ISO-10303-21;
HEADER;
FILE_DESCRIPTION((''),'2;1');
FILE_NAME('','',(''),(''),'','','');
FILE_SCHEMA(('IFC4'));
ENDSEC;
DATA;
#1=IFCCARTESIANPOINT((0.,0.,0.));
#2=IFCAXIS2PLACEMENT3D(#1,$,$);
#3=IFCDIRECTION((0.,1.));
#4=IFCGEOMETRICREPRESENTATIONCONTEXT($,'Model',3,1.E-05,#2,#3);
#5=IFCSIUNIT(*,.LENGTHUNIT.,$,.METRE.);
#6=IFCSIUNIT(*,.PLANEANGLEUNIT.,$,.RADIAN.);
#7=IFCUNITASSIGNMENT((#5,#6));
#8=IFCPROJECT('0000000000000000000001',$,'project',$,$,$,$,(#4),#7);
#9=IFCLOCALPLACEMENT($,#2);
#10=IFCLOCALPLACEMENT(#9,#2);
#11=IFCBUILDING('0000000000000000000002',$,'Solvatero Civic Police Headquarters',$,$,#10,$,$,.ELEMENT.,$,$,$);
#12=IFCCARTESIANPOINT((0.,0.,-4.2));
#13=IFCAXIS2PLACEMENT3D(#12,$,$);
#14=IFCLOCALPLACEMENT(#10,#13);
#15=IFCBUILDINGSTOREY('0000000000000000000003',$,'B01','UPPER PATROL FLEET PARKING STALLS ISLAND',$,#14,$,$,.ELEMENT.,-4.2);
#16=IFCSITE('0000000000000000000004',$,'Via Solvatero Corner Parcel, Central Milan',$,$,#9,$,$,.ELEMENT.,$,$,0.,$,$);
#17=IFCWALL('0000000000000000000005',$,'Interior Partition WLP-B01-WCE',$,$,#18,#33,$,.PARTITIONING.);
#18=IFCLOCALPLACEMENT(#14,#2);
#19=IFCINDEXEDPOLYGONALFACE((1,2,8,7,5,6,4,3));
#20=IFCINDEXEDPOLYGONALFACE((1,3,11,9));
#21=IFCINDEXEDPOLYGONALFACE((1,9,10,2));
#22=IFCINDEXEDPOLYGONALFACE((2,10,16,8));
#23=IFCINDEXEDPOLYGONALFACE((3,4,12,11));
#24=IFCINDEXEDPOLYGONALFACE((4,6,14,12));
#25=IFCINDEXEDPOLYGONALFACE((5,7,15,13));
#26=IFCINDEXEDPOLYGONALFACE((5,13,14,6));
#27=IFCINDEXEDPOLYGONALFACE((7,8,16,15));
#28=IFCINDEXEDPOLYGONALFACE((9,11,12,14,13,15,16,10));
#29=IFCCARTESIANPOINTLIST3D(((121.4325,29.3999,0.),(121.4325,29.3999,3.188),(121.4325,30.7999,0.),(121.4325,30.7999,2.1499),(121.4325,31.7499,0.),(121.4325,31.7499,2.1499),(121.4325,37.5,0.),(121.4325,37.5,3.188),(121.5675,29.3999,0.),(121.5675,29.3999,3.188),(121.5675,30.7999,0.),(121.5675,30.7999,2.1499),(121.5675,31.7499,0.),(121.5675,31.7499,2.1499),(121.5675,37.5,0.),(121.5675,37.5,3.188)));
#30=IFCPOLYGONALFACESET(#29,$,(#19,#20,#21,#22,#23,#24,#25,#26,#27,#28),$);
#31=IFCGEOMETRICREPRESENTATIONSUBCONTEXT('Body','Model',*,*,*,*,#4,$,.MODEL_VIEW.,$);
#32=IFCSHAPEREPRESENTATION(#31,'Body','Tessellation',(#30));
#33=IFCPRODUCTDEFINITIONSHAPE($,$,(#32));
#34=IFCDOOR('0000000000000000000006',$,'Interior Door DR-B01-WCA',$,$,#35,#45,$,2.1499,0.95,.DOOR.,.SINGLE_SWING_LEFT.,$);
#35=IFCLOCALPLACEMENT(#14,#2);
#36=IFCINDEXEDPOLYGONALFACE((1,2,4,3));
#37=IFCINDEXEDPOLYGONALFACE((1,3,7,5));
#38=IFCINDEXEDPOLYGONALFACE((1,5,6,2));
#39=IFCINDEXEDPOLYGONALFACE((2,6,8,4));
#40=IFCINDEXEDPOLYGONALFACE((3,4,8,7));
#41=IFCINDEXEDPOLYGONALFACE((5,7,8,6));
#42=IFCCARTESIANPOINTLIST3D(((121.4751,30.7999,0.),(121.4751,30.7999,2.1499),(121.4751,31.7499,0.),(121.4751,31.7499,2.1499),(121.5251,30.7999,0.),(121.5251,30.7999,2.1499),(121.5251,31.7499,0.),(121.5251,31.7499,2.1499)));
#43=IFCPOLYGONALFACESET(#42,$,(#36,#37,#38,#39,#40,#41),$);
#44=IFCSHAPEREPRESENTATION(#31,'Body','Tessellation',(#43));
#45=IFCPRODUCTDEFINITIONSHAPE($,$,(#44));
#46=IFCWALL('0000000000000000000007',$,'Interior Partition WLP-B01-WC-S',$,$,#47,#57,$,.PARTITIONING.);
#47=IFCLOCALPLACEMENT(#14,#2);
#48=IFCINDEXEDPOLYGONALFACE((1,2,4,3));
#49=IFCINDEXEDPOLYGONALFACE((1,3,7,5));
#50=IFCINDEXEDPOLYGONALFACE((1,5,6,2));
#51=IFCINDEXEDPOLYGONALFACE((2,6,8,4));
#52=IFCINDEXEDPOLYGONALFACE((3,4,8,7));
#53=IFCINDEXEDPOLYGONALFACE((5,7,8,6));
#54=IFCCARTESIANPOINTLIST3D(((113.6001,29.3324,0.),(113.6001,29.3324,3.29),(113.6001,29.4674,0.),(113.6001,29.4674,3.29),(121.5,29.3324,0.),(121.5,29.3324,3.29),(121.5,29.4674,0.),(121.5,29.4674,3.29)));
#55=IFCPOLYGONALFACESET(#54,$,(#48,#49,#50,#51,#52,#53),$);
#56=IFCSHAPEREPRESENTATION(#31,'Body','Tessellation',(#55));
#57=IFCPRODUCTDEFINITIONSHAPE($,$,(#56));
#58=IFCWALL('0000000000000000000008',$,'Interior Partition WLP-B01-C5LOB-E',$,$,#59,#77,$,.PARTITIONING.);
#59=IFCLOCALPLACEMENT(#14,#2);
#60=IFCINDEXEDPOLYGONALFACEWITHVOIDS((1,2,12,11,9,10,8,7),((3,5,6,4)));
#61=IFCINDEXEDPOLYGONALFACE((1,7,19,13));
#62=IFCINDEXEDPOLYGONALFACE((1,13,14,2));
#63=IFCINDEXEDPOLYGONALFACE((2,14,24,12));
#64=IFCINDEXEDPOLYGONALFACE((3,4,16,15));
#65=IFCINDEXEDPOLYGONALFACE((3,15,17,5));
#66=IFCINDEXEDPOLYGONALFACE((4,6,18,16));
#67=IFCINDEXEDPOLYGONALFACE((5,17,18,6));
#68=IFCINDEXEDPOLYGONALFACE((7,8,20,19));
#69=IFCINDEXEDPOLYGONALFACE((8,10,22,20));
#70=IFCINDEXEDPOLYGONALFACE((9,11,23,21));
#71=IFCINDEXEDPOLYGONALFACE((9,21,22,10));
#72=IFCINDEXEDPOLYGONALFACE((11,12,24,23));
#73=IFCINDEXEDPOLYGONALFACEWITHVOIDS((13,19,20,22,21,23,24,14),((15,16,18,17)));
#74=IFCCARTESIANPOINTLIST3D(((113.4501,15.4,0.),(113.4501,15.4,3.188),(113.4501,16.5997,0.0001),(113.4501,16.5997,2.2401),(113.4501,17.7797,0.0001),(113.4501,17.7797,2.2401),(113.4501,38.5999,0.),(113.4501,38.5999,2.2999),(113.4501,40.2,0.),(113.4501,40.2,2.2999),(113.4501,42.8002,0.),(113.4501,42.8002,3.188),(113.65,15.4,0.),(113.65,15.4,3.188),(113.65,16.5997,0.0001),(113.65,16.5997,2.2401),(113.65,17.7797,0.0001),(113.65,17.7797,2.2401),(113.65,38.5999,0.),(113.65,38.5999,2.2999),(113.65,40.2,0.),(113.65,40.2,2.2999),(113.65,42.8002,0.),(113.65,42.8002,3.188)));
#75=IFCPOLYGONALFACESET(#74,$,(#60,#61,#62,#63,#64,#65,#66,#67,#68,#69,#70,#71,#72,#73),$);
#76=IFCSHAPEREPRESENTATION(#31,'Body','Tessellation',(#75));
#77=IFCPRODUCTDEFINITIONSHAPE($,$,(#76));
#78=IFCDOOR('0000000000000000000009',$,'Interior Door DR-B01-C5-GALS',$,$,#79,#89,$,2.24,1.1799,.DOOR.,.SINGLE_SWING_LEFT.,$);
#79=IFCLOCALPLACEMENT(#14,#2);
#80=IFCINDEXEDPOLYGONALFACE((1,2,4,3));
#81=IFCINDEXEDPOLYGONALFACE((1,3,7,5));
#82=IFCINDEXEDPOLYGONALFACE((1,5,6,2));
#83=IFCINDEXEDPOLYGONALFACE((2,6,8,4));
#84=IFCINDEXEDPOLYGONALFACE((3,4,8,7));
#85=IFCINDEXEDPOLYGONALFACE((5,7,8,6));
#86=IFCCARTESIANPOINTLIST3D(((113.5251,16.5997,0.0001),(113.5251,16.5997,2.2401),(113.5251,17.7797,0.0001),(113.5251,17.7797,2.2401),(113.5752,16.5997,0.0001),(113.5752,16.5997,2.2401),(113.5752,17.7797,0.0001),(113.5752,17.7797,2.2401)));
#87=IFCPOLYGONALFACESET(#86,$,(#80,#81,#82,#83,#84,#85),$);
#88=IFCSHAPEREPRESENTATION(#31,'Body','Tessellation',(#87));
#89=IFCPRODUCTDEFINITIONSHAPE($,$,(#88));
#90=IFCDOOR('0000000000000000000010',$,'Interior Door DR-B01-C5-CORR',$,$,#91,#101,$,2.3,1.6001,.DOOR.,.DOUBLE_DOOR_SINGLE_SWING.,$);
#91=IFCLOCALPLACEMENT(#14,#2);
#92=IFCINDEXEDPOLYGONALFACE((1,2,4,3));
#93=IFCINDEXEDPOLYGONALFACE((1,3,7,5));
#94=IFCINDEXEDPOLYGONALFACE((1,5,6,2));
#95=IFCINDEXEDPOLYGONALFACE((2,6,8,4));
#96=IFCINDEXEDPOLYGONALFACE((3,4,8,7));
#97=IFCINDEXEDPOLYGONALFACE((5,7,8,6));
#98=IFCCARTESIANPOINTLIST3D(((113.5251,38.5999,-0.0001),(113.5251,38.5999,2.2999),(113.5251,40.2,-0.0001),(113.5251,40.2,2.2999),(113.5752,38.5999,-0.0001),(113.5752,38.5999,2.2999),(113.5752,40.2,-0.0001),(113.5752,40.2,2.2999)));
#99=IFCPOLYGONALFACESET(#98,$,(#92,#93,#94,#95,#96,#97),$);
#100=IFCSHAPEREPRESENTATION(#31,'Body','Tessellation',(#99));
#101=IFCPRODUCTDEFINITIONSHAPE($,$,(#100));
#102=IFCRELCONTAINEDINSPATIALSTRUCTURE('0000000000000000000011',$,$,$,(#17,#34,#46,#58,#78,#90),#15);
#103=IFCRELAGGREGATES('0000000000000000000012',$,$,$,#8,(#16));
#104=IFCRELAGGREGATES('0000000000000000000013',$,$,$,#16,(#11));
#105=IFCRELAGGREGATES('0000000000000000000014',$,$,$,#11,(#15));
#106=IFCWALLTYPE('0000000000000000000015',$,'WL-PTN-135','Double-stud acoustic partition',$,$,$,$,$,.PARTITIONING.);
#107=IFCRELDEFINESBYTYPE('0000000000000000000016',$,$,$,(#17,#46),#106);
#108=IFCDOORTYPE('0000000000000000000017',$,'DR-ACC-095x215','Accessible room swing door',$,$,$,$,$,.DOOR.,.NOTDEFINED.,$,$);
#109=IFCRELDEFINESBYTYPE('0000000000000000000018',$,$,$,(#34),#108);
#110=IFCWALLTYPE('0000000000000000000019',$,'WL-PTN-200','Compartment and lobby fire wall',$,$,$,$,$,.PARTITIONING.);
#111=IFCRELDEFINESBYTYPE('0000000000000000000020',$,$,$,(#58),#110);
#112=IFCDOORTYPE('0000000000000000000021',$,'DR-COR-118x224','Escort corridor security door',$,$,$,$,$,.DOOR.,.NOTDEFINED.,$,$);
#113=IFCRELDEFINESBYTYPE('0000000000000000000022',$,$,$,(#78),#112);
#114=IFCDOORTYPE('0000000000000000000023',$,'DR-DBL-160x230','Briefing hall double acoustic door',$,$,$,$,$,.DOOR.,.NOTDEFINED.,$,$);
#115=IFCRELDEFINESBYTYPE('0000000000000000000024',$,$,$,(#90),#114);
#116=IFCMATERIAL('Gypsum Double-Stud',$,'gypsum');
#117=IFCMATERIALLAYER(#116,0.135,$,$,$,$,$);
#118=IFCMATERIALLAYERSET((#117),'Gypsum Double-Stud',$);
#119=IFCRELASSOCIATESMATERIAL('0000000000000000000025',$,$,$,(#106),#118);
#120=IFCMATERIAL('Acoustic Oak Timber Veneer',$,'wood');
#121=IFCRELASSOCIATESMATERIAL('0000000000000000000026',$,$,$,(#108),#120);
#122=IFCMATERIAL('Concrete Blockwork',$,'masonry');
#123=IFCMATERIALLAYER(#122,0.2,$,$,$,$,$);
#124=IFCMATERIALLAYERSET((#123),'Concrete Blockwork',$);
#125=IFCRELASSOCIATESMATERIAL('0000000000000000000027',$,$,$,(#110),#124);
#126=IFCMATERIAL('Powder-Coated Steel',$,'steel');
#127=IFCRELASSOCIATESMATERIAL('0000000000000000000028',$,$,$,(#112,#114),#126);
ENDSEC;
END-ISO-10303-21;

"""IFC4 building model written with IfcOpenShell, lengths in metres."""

from ifc_helpers import new_model, si_unit, direction, frame, frame_2d, origin, place, context, subcontext, project, spatial, rectangle, extrude, material, layer, layer_set, type_object, element, fill, save


model = new_model("IFC4")

# Units and contexts
model_context = context("Model", 3, precision=1e-05, world=origin(), true_north=direction((0.0, 1.0)))
body_context = subcontext(model_context, "Body", "Model", "MODEL_VIEW")
ifc_project = project(units=[si_unit("LENGTHUNIT", "METRE"), si_unit("PLANEANGLEUNIT", "RADIAN")], contexts=[model_context])

# Site, building, storey
site_placement = place(None, origin())
site = spatial("IfcSite", under=ifc_project, at=site_placement, Name="Via Solvatero Corner Parcel, Central Milan", CompositionType="ELEMENT", RefElevation=0.0)
building_placement = place(site_placement, origin())
building = spatial("IfcBuilding", under=site, at=building_placement, Name="Solvatero Civic Police Headquarters", CompositionType="ELEMENT")
storey_placement = place(building_placement, frame((0.0, 0.0, -4.2)))
storey = spatial("IfcBuildingStorey", under=building, at=storey_placement, Name="B01", Description="UPPER PATROL FLEET PARKING STALLS ISLAND", CompositionType="ELEMENT", Elevation=-4.2)

# Wall, opening, door
ifc_material_1 = material(Name="Gypsum Double-Stud", Category="gypsum")
ifc_layer_1 = layer(ifc_material_1, 0.135)
ifc_layer_set_1 = layer_set([ifc_layer_1], Name="Gypsum Double-Stud")
wall_type_1 = type_object("IfcWallType", Name="WL-PTN-135", Description="Double-stud acoustic partition", PredefinedType="PARTITIONING", material=ifc_layer_set_1)
wall_1_placement = place(storey_placement, frame((121.5, 29.3999, 0.0), z_axis=(0.0, 0.0, 1.0), x_axis=(0.0, 1.0, 0.0)))
wall_1 = element("IfcWall", 1, at=wall_1_placement, inside=storey, type_object=wall_type_1, Name="Interior Partition WLP-B01-WCE", PredefinedType="PARTITIONING", context=body_context, shape_type="SweptSolid", body=[
    extrude(rectangle(XDim=8.1001, YDim=0.135, at=frame_2d((4.05, 0.0))), origin(), (0.0, 0.0, 1.0), 3.188),
])
opening_1_placement = place(wall_1_placement, frame((1.3999, 0.0, 0.0)))
opening_1 = element("IfcOpeningElement", 2, at=opening_1_placement, cuts=wall_1, PredefinedType="OPENING", context=body_context, shape_type="SweptSolid", body=[
    extrude(rectangle(XDim=0.95, YDim=2.1499, at=frame_2d((0.4751, 1.075))), frame((0.0, 0.0774, 0.0), z_axis=(0.0, -1.0, 0.0), x_axis=(1.0, 0.0, 0.0)), (0.0, 0.0, 1.0), 0.155),
])
ifc_material_2 = material(Name="Acoustic Oak Timber Veneer", Category="wood")
door_type_1 = type_object("IfcDoorType", Name="DR-ACC-095x215", Description="Accessible room swing door", OperationType="NOTDEFINED", PredefinedType="DOOR", material=ifc_material_2)
door_1_placement = place(opening_1_placement, origin())
door_1 = element("IfcDoor", 3, at=door_1_placement, inside=storey, type_object=door_type_1, Name="Interior Door DR-B01-WCA", OperationType="SINGLE_SWING_LEFT", OverallHeight=2.1499, OverallWidth=0.95, PredefinedType="DOOR", context=body_context, shape_type="SweptSolid", body=[
    extrude(rectangle(XDim=0.95, YDim=2.1499, at=frame_2d((0.4751, 1.075))), frame((0.0, 0.0249, 0.0), z_axis=(0.0, -1.0, 0.0), x_axis=(1.0, 0.0, 0.0)), (0.0, 0.0, 1.0), 0.05),
])
fill(opening_1, door_1)

# Wall
wall_2_placement = place(storey_placement, frame((113.6001, 29.3999, 0.0), z_axis=(0.0, 0.0, 1.0), x_axis=(1.0, 0.0, 0.0)))
element("IfcWall", 4, at=wall_2_placement, inside=storey, type_object=wall_type_1, Name="Interior Partition WLP-B01-WC-S", PredefinedType="PARTITIONING", context=body_context, shape_type="SweptSolid", body=[
    extrude(rectangle(XDim=7.8999, YDim=0.135, at=frame_2d((3.95, 0.0))), origin(), (0.0, 0.0, 1.0), 3.29),
])

# Wall, openings, doors
ifc_material_3 = material(Name="Concrete Blockwork", Category="masonry")
ifc_layer_2 = layer(ifc_material_3, 0.2)
ifc_layer_set_2 = layer_set([ifc_layer_2], Name="Concrete Blockwork")
wall_type_2 = type_object("IfcWallType", Name="WL-PTN-200", Description="Compartment and lobby fire wall", PredefinedType="PARTITIONING", material=ifc_layer_set_2)
wall_3_placement = place(storey_placement, frame((113.55, 15.3999, 0.0), z_axis=(0.0, 0.0, 1.0), x_axis=(0.0, 1.0, 0.0)))
wall_3 = element("IfcWall", 5, at=wall_3_placement, inside=storey, type_object=wall_type_2, Name="Interior Partition WLP-B01-C5LOB-E", PredefinedType="PARTITIONING", context=body_context, shape_type="SweptSolid", body=[
    extrude(rectangle(XDim=27.4001, YDim=0.2, at=frame_2d((13.7002, 0.0))), origin(), (0.0, 0.0, 1.0), 3.188),
])
opening_2_placement = place(wall_3_placement, frame((23.2, 0.0, 0.0)))
opening_2 = element("IfcOpeningElement", 6, at=opening_2_placement, cuts=wall_3, PredefinedType="OPENING", context=body_context, shape_type="SweptSolid", body=[
    extrude(rectangle(XDim=1.6001, YDim=2.3, at=frame_2d((0.8, 1.1499))), frame((0.0, 0.1099, 0.0), z_axis=(0.0, -1.0, 0.0), x_axis=(1.0, 0.0, 0.0)), (0.0, 0.0, 1.0), 0.22),
])
opening_3_placement = place(wall_3_placement, frame((1.2, 0.0, 0.0)))
opening_3 = element("IfcOpeningElement", 7, at=opening_3_placement, cuts=wall_3, PredefinedType="OPENING", context=body_context, shape_type="SweptSolid", body=[
    extrude(rectangle(XDim=1.1799, YDim=2.24, at=frame_2d((0.5898, 1.1201))), frame((0.0, 0.1099, 0.0), z_axis=(0.0, -1.0, 0.0), x_axis=(1.0, 0.0, 0.0)), (0.0, 0.0, 1.0), 0.22),
])
ifc_material_4 = material(Name="Powder-Coated Steel", Category="steel")
door_type_2 = type_object("IfcDoorType", Name="DR-COR-118x224", Description="Escort corridor security door", OperationType="NOTDEFINED", PredefinedType="DOOR", material=ifc_material_4)
door_2_placement = place(opening_3_placement, origin())
door_2 = element("IfcDoor", 8, at=door_2_placement, inside=storey, type_object=door_type_2, Name="Interior Door DR-B01-C5-GALS", OperationType="SINGLE_SWING_LEFT", OverallHeight=2.24, OverallWidth=1.1799, PredefinedType="DOOR", context=body_context, shape_type="SweptSolid", body=[
    extrude(rectangle(XDim=1.1799, YDim=2.24, at=frame_2d((0.5898, 1.1201))), frame((0.0, 0.0249, 0.0), z_axis=(0.0, -1.0, 0.0), x_axis=(1.0, 0.0, 0.0)), (0.0, 0.0, 1.0), 0.05),
])
fill(opening_3, door_2)
door_type_3 = type_object("IfcDoorType", Name="DR-DBL-160x230", Description="Briefing hall double acoustic door", OperationType="NOTDEFINED", PredefinedType="DOOR", material=ifc_material_4)
door_3_placement = place(opening_2_placement, origin())
door_3 = element("IfcDoor", 9, at=door_3_placement, inside=storey, type_object=door_type_3, Name="Interior Door DR-B01-C5-CORR", OperationType="DOUBLE_DOOR_SINGLE_SWING", OverallHeight=2.3, OverallWidth=1.6001, PredefinedType="DOOR", context=body_context, shape_type="SweptSolid", body=[
    extrude(rectangle(XDim=1.6001, YDim=2.3, at=frame_2d((0.8, 1.1499))), frame((0.0, 0.0249, 0.0), z_axis=(0.0, -1.0, 0.0), x_axis=(1.0, 0.0, 0.0)), (0.0, 0.0, 1.0), 0.05),
])
fill(opening_2, door_3)

save(model, "model.ifc")
